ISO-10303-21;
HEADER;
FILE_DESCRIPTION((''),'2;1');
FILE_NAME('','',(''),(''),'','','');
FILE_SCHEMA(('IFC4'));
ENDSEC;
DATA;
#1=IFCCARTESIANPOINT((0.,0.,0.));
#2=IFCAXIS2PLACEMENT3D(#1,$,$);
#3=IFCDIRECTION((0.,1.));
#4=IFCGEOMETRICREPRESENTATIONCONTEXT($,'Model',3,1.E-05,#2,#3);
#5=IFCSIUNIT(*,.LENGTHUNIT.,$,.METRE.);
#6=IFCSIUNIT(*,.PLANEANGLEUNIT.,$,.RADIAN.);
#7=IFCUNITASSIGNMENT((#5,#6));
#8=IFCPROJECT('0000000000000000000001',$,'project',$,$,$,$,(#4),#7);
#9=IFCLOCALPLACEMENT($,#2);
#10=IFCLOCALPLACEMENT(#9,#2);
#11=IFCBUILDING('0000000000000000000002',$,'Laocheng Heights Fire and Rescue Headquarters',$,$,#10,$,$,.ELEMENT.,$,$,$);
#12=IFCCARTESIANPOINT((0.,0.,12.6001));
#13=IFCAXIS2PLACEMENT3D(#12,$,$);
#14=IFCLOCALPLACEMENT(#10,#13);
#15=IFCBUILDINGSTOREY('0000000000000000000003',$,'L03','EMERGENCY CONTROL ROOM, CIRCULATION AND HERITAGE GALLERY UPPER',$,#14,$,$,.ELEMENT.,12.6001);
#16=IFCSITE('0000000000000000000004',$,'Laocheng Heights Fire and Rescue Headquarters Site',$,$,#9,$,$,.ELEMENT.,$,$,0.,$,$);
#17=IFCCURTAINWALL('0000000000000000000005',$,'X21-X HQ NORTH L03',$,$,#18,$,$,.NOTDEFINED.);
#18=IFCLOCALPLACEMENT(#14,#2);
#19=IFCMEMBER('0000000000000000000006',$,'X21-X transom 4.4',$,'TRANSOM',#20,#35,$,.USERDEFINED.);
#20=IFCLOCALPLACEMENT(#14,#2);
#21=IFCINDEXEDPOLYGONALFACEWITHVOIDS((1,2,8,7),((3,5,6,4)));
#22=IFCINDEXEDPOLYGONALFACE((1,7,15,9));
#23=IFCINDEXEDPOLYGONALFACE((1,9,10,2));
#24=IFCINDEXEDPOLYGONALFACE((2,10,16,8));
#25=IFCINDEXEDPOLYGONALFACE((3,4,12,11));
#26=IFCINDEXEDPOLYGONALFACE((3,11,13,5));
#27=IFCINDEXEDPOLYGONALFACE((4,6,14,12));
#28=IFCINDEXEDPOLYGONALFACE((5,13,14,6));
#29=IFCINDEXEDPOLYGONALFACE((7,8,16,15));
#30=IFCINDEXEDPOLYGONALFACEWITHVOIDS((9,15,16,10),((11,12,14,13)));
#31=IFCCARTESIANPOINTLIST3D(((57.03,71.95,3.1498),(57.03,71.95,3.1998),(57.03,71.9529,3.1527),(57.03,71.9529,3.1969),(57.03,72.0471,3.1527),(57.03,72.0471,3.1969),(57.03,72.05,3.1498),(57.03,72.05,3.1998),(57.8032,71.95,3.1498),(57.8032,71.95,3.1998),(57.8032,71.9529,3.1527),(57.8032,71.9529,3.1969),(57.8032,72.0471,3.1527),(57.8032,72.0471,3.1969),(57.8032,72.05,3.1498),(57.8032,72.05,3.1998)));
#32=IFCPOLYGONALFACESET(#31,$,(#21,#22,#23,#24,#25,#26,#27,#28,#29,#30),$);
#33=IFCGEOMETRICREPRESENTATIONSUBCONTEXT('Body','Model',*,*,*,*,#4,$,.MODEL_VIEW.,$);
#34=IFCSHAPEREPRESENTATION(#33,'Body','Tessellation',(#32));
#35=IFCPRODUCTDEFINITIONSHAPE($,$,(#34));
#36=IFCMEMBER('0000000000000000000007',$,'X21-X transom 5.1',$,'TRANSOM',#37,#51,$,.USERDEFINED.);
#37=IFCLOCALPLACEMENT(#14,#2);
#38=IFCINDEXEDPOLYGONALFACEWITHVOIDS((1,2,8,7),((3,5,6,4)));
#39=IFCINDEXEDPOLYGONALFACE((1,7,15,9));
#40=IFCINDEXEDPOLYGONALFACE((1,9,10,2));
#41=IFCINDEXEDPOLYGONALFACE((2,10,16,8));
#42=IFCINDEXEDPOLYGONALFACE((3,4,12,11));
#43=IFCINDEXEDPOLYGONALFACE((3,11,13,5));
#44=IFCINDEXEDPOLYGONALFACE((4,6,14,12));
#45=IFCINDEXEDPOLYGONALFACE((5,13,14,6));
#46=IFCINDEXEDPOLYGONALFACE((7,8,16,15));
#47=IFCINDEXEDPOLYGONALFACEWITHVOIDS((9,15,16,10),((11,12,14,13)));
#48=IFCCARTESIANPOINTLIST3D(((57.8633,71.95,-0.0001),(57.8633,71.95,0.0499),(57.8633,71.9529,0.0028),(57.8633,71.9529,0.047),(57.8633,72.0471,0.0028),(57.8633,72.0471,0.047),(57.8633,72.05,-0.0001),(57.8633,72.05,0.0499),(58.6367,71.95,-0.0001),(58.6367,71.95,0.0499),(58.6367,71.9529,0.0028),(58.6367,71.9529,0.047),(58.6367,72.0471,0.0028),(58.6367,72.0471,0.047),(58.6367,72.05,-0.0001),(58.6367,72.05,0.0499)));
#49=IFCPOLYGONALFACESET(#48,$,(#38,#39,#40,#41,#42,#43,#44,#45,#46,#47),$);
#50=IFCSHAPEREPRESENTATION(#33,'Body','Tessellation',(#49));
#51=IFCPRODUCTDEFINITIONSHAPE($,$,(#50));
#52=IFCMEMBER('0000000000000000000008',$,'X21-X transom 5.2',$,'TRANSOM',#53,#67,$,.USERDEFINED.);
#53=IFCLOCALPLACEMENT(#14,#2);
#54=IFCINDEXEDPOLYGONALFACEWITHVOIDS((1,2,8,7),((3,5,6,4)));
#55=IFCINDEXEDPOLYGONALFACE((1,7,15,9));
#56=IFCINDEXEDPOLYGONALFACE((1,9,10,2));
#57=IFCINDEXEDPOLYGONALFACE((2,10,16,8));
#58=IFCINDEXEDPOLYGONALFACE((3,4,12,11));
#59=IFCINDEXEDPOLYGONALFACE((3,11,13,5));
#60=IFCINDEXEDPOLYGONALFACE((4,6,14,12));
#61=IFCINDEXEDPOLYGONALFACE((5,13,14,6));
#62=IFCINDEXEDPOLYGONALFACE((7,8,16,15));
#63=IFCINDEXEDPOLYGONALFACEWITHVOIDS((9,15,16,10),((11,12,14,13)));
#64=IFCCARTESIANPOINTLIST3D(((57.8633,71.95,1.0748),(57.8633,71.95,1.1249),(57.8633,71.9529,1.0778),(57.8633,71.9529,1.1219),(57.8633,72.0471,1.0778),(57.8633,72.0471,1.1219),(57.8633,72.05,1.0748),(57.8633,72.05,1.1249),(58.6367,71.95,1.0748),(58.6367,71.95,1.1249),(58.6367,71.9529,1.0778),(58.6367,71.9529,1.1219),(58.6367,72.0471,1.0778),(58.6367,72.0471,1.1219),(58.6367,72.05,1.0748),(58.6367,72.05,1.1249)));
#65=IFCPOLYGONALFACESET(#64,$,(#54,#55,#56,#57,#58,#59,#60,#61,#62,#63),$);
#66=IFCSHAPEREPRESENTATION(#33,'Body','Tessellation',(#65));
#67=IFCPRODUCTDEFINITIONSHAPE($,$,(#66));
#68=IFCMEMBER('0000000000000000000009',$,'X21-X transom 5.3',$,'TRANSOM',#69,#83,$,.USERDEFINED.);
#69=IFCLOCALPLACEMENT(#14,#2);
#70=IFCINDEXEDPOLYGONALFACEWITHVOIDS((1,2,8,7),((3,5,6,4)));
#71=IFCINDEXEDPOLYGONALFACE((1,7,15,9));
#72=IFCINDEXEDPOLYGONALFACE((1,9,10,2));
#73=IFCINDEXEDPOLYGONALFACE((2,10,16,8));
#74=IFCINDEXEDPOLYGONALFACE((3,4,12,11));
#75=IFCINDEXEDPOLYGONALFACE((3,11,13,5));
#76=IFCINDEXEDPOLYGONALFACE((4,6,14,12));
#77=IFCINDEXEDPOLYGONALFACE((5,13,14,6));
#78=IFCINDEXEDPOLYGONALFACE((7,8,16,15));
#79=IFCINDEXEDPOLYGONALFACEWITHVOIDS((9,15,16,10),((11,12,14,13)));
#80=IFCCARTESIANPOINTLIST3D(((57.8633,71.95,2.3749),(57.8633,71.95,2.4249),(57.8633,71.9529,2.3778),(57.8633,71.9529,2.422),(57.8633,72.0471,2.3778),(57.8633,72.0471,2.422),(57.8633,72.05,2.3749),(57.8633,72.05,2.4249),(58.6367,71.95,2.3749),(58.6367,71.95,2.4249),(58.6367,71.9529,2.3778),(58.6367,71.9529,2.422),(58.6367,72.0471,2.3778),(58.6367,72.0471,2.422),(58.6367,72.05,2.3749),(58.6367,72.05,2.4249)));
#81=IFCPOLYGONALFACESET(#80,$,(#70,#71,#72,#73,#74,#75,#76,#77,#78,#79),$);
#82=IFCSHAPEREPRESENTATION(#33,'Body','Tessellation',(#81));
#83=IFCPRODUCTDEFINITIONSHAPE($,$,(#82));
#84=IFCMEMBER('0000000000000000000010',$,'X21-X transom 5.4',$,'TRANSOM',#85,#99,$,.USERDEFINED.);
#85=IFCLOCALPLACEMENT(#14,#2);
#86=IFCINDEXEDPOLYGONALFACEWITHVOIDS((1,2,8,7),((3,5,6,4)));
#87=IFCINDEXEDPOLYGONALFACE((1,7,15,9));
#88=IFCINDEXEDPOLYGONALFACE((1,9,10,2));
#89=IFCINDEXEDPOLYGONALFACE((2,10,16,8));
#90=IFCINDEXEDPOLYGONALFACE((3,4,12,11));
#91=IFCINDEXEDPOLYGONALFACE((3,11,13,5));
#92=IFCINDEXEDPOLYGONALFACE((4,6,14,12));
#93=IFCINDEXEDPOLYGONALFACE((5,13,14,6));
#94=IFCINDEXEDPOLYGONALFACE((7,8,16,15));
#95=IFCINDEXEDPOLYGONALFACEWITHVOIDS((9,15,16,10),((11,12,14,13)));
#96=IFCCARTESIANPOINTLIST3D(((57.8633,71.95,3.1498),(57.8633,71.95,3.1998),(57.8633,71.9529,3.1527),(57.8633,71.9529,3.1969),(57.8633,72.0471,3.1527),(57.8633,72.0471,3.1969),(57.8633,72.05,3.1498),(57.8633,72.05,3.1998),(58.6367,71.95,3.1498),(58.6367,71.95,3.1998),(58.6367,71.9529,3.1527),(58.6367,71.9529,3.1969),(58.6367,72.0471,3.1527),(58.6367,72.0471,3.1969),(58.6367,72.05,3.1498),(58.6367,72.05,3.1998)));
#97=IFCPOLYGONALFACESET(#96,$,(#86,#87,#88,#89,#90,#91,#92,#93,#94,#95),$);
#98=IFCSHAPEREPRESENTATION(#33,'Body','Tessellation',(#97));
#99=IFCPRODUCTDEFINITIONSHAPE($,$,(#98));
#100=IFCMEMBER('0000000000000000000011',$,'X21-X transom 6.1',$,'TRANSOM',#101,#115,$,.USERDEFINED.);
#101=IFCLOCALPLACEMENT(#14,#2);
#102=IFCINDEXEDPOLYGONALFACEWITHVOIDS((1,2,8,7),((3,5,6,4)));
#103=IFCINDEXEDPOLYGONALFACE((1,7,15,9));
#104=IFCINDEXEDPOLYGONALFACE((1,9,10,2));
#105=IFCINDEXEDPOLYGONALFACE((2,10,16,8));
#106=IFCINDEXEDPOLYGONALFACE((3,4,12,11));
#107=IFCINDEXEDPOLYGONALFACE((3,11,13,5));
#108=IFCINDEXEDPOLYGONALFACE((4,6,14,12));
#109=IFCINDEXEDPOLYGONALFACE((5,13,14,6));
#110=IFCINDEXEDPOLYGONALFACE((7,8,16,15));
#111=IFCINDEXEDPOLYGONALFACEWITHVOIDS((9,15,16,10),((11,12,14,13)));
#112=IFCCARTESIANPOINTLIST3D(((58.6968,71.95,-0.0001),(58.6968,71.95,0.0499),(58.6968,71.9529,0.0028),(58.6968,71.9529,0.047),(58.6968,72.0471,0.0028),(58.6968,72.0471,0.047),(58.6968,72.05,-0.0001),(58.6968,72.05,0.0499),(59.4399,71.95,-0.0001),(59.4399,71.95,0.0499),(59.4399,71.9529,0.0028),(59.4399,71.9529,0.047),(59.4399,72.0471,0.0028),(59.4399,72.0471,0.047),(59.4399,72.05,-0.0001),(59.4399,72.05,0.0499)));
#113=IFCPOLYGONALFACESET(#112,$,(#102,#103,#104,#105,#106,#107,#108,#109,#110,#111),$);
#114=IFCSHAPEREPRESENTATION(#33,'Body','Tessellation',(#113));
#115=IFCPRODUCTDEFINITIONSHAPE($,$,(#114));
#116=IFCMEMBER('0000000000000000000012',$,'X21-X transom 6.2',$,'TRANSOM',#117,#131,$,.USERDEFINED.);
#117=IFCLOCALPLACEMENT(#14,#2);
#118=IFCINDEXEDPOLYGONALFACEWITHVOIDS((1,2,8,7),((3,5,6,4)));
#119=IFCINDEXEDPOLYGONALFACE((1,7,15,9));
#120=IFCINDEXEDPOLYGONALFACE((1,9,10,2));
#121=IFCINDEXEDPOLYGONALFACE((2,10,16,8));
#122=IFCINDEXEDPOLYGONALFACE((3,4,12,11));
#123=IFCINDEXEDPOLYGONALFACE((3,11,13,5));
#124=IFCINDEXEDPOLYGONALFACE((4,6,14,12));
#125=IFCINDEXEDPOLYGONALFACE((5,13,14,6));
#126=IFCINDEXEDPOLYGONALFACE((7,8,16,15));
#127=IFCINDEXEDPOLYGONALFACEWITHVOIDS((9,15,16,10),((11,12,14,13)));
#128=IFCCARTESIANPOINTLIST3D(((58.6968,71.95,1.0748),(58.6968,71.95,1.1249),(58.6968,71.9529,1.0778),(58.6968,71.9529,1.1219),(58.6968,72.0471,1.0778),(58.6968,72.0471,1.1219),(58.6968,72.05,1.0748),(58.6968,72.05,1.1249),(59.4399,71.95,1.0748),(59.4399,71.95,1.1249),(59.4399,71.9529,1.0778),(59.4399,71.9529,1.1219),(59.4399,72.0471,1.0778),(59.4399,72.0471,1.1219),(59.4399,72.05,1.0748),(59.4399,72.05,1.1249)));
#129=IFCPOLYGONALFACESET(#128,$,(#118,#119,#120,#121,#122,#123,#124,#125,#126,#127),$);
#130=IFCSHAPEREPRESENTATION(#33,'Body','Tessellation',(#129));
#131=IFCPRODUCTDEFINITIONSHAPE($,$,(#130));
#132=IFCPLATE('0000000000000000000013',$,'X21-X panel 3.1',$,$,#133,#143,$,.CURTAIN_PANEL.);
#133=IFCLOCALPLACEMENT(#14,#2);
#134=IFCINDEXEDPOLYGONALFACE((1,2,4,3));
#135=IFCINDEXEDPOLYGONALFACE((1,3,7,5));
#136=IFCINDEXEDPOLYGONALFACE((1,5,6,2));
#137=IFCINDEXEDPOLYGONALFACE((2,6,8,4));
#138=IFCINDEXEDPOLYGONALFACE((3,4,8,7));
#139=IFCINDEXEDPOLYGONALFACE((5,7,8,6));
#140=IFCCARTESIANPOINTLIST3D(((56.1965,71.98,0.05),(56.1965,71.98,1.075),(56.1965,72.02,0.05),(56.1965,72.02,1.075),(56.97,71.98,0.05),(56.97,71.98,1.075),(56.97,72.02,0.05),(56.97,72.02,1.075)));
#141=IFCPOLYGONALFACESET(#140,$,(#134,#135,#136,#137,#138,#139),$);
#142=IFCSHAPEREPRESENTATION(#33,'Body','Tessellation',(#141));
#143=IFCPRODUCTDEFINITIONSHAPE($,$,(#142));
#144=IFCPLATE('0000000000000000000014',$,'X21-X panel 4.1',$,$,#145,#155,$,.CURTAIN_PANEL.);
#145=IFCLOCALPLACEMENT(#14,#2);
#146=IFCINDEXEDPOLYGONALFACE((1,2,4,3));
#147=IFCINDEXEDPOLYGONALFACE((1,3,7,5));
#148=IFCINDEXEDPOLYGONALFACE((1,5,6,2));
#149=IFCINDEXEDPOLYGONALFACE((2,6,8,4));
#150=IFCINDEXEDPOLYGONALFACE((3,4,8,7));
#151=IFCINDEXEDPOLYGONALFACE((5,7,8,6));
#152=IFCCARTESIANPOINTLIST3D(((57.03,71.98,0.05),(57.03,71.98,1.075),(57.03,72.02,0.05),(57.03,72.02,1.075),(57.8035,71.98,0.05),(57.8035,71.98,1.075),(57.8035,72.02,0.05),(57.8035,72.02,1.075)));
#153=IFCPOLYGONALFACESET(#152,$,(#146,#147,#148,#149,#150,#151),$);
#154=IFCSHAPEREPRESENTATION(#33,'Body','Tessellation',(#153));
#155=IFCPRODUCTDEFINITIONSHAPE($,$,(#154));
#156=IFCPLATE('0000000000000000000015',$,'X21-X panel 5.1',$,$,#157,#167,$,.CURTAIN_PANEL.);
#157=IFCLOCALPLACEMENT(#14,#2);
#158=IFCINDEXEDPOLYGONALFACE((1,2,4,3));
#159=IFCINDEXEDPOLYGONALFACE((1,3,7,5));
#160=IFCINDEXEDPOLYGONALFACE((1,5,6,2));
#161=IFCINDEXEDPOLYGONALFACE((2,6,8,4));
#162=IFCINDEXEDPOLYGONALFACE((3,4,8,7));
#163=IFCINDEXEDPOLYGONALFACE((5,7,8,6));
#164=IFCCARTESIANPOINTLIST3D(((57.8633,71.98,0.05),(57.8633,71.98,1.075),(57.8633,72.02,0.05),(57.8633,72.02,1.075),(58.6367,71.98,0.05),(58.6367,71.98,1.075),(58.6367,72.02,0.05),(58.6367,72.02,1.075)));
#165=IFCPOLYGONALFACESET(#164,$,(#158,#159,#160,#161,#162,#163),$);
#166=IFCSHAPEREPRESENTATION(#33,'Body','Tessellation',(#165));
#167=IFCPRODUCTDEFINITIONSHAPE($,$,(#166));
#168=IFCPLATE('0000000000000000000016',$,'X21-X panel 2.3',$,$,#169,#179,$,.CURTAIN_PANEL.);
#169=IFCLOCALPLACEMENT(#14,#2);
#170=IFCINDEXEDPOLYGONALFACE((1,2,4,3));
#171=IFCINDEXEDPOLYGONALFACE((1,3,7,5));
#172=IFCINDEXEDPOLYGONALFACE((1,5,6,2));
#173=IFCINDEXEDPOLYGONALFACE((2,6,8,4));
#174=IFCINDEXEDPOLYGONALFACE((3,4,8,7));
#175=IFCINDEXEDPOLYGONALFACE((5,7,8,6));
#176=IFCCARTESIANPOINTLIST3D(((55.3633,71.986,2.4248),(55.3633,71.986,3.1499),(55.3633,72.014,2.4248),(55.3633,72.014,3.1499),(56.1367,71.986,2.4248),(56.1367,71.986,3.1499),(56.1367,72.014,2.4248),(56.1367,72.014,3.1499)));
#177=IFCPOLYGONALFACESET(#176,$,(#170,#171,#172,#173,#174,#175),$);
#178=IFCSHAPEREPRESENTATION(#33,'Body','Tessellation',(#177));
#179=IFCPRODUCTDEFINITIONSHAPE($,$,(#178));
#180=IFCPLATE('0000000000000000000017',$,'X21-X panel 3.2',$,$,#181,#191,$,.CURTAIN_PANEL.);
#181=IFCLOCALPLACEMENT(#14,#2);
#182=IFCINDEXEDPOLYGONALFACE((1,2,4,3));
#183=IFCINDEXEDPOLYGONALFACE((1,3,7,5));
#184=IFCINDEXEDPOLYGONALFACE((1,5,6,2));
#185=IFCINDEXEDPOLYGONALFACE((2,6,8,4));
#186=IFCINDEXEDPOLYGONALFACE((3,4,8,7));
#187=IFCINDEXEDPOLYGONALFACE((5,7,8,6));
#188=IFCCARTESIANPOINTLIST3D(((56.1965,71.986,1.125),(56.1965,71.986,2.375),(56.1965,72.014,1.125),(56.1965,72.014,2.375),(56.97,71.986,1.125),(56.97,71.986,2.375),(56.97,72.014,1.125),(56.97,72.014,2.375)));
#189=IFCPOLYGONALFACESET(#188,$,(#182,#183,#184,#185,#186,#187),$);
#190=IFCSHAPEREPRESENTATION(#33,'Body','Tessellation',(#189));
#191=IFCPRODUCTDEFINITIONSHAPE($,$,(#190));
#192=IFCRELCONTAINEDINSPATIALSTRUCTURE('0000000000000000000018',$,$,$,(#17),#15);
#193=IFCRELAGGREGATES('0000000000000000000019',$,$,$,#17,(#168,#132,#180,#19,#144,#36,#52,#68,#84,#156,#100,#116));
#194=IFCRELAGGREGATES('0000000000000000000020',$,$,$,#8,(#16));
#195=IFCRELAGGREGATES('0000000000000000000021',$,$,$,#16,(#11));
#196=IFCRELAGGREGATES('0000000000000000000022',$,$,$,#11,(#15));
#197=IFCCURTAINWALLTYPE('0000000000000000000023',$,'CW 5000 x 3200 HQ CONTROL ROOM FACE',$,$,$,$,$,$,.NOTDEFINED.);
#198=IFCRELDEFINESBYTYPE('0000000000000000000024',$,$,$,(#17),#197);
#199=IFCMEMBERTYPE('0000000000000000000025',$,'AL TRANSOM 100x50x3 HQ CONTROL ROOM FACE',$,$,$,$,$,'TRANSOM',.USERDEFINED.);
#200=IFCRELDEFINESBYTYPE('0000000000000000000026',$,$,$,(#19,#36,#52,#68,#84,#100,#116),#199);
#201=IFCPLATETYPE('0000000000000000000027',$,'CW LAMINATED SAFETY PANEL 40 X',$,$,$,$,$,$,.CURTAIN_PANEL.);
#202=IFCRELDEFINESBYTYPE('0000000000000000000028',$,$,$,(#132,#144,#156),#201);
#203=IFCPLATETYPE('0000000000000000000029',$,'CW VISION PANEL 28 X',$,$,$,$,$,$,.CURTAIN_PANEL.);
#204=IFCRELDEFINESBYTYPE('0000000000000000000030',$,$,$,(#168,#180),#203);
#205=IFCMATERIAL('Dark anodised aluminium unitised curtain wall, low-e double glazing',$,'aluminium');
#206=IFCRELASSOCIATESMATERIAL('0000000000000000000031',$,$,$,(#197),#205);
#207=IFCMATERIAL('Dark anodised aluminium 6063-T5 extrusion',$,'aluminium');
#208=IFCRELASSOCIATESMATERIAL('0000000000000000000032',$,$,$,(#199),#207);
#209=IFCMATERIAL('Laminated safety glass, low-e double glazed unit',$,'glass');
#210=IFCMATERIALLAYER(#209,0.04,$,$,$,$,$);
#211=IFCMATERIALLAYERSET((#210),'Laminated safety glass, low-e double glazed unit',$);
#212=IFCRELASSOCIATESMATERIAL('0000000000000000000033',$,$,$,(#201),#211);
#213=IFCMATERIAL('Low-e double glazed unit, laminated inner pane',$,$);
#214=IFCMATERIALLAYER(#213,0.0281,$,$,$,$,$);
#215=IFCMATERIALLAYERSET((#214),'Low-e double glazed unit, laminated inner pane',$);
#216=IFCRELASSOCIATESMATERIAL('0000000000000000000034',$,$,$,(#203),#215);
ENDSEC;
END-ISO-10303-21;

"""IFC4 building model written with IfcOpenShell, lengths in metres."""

from ifc_helpers import new_model, si_unit, direction, frame, origin, origin_2d, place, context, subcontext, project, spatial, rectangle, hollow_rectangle, extrude, material, layer, layer_set, material_profile, profile_set, type_object, element, aggregate, save


model = new_model("IFC4")

# Units and contexts
model_context = context("Model", 3, precision=1e-05, world=origin(), true_north=direction((0.0, 1.0)))
body_context = subcontext(model_context, "Body", "Model", "MODEL_VIEW")
ifc_project = project(units=[si_unit("LENGTHUNIT", "METRE"), si_unit("PLANEANGLEUNIT", "RADIAN")], contexts=[model_context])

# Site, building, storey
site_placement = place(None, origin())
site = spatial("IfcSite", under=ifc_project, at=site_placement, Name="Laocheng Heights Fire and Rescue Headquarters Site", CompositionType="ELEMENT", RefElevation=0.0)
building_placement = place(site_placement, origin())
building = spatial("IfcBuilding", under=site, at=building_placement, Name="Laocheng Heights Fire and Rescue Headquarters", CompositionType="ELEMENT")
storey_placement = place(building_placement, frame((0.0, 0.0, 12.6001)))
storey = spatial("IfcBuildingStorey", under=building, at=storey_placement, Name="L03", Description="EMERGENCY CONTROL ROOM, CIRCULATION AND HERITAGE GALLERY UPPER", CompositionType="ELEMENT", Elevation=12.6001)

# Curtain wall, members, plates
ifc_material_1 = material(Name="Dark anodised aluminium unitised curtain wall, low-e double glazing", Category="aluminium")
curtain_wall_type = type_object("IfcCurtainWallType", Name="CW 5000 x 3200 HQ CONTROL ROOM FACE", PredefinedType="NOTDEFINED", material=ifc_material_1)
curtain_wall_placement = place(storey_placement, origin())
curtain_wall = element("IfcCurtainWall", 1, at=curtain_wall_placement, inside=storey, type_object=curtain_wall_type, Name="X21-X HQ NORTH L03", PredefinedType="NOTDEFINED")
ifc_material_2 = material(Name="Dark anodised aluminium 6063-T5 extrusion", Category="aluminium")
ifc_material_profile_1 = material_profile(ifc_material_2, hollow_rectangle(XDim=0.1001, YDim=0.05, WallThickness=0.0029, at=origin_2d()), Name="AL TRANSOM 100x50x3 HQ CONTROL ROOM FACE")
ifc_profile_set_1 = profile_set([ifc_material_profile_1], Name="Dark anodised aluminium 6063-T5 extrusion")
member_type_1 = type_object("IfcMemberType", Name="AL TRANSOM 100x50x3 HQ CONTROL ROOM FACE", ElementType="TRANSOM", PredefinedType="USERDEFINED", material=ifc_profile_set_1)
member_1_placement = place(storey_placement, frame((57.03, 72.0, 3.1748), z_axis=(1.0, 0.0, 0.0), x_axis=(0.0, 1.0, 0.0)))
member_1 = element("IfcMember", 2, at=member_1_placement, type_object=member_type_1, Name="X21-X transom 4.4", ObjectType="TRANSOM", PredefinedType="USERDEFINED", context=body_context, shape_type="SweptSolid", body=[
    extrude(hollow_rectangle(XDim=0.1001, YDim=0.05, WallThickness=0.0029, at=origin_2d()), origin(), (0.0, 0.0, 1.0), 0.7732),
])
member_2_placement = place(storey_placement, frame((57.8633, 72.0, 0.0249), z_axis=(1.0, 0.0, 0.0), x_axis=(0.0, 1.0, 0.0)))
member_2 = element("IfcMember", 3, at=member_2_placement, type_object=member_type_1, Name="X21-X transom 5.1", ObjectType="TRANSOM", PredefinedType="USERDEFINED", context=body_context, shape_type="SweptSolid", body=[
    extrude(hollow_rectangle(XDim=0.1001, YDim=0.05, WallThickness=0.0029, at=origin_2d()), origin(), (0.0, 0.0, 1.0), 0.7734),
])
member_3_placement = place(storey_placement, frame((57.8633, 72.0, 1.0999), z_axis=(1.0, 0.0, 0.0), x_axis=(0.0, 1.0, 0.0)))
member_3 = element("IfcMember", 4, at=member_3_placement, type_object=member_type_1, Name="X21-X transom 5.2", ObjectType="TRANSOM", PredefinedType="USERDEFINED", context=body_context, shape_type="SweptSolid", body=[
    extrude(hollow_rectangle(XDim=0.1001, YDim=0.05, WallThickness=0.0029, at=origin_2d()), origin(), (0.0, 0.0, 1.0), 0.7734),
])
member_4_placement = place(storey_placement, frame((57.8633, 72.0, 2.3999), z_axis=(1.0, 0.0, 0.0), x_axis=(0.0, 1.0, 0.0)))
member_4 = element("IfcMember", 5, at=member_4_placement, type_object=member_type_1, Name="X21-X transom 5.3", ObjectType="TRANSOM", PredefinedType="USERDEFINED", context=body_context, shape_type="SweptSolid", body=[
    extrude(hollow_rectangle(XDim=0.1001, YDim=0.05, WallThickness=0.0029, at=origin_2d()), origin(), (0.0, 0.0, 1.0), 0.7734),
])
member_5_placement = place(storey_placement, frame((57.8633, 72.0, 3.1748), z_axis=(1.0, 0.0, 0.0), x_axis=(0.0, 1.0, 0.0)))
member_5 = element("IfcMember", 6, at=member_5_placement, type_object=member_type_1, Name="X21-X transom 5.4", ObjectType="TRANSOM", PredefinedType="USERDEFINED", context=body_context, shape_type="SweptSolid", body=[
    extrude(hollow_rectangle(XDim=0.1001, YDim=0.05, WallThickness=0.0029, at=origin_2d()), origin(), (0.0, 0.0, 1.0), 0.7734),
])
member_6_placement = place(storey_placement, frame((58.6968, 72.0, 0.0249), z_axis=(1.0, 0.0, 0.0), x_axis=(0.0, 1.0, 0.0)))
member_6 = element("IfcMember", 7, at=member_6_placement, type_object=member_type_1, Name="X21-X transom 6.1", ObjectType="TRANSOM", PredefinedType="USERDEFINED", context=body_context, shape_type="SweptSolid", body=[
    extrude(hollow_rectangle(XDim=0.1001, YDim=0.05, WallThickness=0.0029, at=origin_2d()), origin(), (0.0, 0.0, 1.0), 0.7432),
])
member_7_placement = place(storey_placement, frame((58.6968, 72.0, 1.0999), z_axis=(1.0, 0.0, 0.0), x_axis=(0.0, 1.0, 0.0)))
member_7 = element("IfcMember", 8, at=member_7_placement, type_object=member_type_1, Name="X21-X transom 6.2", ObjectType="TRANSOM", PredefinedType="USERDEFINED", context=body_context, shape_type="SweptSolid", body=[
    extrude(hollow_rectangle(XDim=0.1001, YDim=0.05, WallThickness=0.0029, at=origin_2d()), origin(), (0.0, 0.0, 1.0), 0.7432),
])
ifc_material_3 = material(Name="Laminated safety glass, low-e double glazed unit", Category="glass")
ifc_layer_1 = layer(ifc_material_3, 0.04)
ifc_layer_set_1 = layer_set([ifc_layer_1], Name="Laminated safety glass, low-e double glazed unit")
plate_type_1 = type_object("IfcPlateType", Name="CW LAMINATED SAFETY PANEL 40 X", PredefinedType="CURTAIN_PANEL", material=ifc_layer_set_1)
plate_1_placement = place(storey_placement, frame((56.5833, 72.0, 0.05), z_axis=(0.0, 0.0, 1.0), x_axis=(1.0, 0.0, 0.0)))
plate_1 = element("IfcPlate", 9, at=plate_1_placement, type_object=plate_type_1, Name="X21-X panel 3.1", PredefinedType="CURTAIN_PANEL", context=body_context, shape_type="SweptSolid", body=[
    extrude(rectangle(XDim=0.7734, YDim=0.04, at=origin_2d()), origin(), (0.0, 0.0, 1.0), 1.0249),
])
plate_2_placement = place(storey_placement, frame((57.4167, 72.0, 0.05), z_axis=(0.0, 0.0, 1.0), x_axis=(1.0, 0.0, 0.0)))
plate_2 = element("IfcPlate", 10, at=plate_2_placement, type_object=plate_type_1, Name="X21-X panel 4.1", PredefinedType="CURTAIN_PANEL", context=body_context, shape_type="SweptSolid", body=[
    extrude(rectangle(XDim=0.7734, YDim=0.04, at=origin_2d()), origin(), (0.0, 0.0, 1.0), 1.0249),
])
plate_3_placement = place(storey_placement, frame((58.25, 72.0, 0.05), z_axis=(0.0, 0.0, 1.0), x_axis=(1.0, 0.0, 0.0)))
plate_3 = element("IfcPlate", 11, at=plate_3_placement, type_object=plate_type_1, Name="X21-X panel 5.1", PredefinedType="CURTAIN_PANEL", context=body_context, shape_type="SweptSolid", body=[
    extrude(rectangle(XDim=0.7734, YDim=0.04, at=origin_2d()), origin(), (0.0, 0.0, 1.0), 1.0249),
])
ifc_material_4 = material(Name="Low-e double glazed unit, laminated inner pane")
ifc_layer_2 = layer(ifc_material_4, 0.0281)
ifc_layer_set_2 = layer_set([ifc_layer_2], Name="Low-e double glazed unit, laminated inner pane")
plate_type_2 = type_object("IfcPlateType", Name="CW VISION PANEL 28 X", PredefinedType="CURTAIN_PANEL", material=ifc_layer_set_2)
plate_4_placement = place(storey_placement, frame((55.75, 72.0, 2.4248), z_axis=(0.0, 0.0, 1.0), x_axis=(1.0, 0.0, 0.0)))
plate_4 = element("IfcPlate", 12, at=plate_4_placement, type_object=plate_type_2, Name="X21-X panel 2.3", PredefinedType="CURTAIN_PANEL", context=body_context, shape_type="SweptSolid", body=[
    extrude(rectangle(XDim=0.7734, YDim=0.0281, at=origin_2d()), origin(), (0.0, 0.0, 1.0), 0.7251),
])
plate_5_placement = place(storey_placement, frame((56.5833, 72.0, 1.125), z_axis=(0.0, 0.0, 1.0), x_axis=(1.0, 0.0, 0.0)))
plate_5 = element("IfcPlate", 13, at=plate_5_placement, type_object=plate_type_2, Name="X21-X panel 3.2", PredefinedType="CURTAIN_PANEL", context=body_context, shape_type="SweptSolid", body=[
    extrude(rectangle(XDim=0.7734, YDim=0.0281, at=origin_2d()), origin(), (0.0, 0.0, 1.0), 1.25),
])
aggregate(curtain_wall, [plate_4, plate_1, plate_5, member_1, plate_2, member_2, member_3, member_4, member_5, plate_3, member_6, member_7])

save(model, "model.ifc")
